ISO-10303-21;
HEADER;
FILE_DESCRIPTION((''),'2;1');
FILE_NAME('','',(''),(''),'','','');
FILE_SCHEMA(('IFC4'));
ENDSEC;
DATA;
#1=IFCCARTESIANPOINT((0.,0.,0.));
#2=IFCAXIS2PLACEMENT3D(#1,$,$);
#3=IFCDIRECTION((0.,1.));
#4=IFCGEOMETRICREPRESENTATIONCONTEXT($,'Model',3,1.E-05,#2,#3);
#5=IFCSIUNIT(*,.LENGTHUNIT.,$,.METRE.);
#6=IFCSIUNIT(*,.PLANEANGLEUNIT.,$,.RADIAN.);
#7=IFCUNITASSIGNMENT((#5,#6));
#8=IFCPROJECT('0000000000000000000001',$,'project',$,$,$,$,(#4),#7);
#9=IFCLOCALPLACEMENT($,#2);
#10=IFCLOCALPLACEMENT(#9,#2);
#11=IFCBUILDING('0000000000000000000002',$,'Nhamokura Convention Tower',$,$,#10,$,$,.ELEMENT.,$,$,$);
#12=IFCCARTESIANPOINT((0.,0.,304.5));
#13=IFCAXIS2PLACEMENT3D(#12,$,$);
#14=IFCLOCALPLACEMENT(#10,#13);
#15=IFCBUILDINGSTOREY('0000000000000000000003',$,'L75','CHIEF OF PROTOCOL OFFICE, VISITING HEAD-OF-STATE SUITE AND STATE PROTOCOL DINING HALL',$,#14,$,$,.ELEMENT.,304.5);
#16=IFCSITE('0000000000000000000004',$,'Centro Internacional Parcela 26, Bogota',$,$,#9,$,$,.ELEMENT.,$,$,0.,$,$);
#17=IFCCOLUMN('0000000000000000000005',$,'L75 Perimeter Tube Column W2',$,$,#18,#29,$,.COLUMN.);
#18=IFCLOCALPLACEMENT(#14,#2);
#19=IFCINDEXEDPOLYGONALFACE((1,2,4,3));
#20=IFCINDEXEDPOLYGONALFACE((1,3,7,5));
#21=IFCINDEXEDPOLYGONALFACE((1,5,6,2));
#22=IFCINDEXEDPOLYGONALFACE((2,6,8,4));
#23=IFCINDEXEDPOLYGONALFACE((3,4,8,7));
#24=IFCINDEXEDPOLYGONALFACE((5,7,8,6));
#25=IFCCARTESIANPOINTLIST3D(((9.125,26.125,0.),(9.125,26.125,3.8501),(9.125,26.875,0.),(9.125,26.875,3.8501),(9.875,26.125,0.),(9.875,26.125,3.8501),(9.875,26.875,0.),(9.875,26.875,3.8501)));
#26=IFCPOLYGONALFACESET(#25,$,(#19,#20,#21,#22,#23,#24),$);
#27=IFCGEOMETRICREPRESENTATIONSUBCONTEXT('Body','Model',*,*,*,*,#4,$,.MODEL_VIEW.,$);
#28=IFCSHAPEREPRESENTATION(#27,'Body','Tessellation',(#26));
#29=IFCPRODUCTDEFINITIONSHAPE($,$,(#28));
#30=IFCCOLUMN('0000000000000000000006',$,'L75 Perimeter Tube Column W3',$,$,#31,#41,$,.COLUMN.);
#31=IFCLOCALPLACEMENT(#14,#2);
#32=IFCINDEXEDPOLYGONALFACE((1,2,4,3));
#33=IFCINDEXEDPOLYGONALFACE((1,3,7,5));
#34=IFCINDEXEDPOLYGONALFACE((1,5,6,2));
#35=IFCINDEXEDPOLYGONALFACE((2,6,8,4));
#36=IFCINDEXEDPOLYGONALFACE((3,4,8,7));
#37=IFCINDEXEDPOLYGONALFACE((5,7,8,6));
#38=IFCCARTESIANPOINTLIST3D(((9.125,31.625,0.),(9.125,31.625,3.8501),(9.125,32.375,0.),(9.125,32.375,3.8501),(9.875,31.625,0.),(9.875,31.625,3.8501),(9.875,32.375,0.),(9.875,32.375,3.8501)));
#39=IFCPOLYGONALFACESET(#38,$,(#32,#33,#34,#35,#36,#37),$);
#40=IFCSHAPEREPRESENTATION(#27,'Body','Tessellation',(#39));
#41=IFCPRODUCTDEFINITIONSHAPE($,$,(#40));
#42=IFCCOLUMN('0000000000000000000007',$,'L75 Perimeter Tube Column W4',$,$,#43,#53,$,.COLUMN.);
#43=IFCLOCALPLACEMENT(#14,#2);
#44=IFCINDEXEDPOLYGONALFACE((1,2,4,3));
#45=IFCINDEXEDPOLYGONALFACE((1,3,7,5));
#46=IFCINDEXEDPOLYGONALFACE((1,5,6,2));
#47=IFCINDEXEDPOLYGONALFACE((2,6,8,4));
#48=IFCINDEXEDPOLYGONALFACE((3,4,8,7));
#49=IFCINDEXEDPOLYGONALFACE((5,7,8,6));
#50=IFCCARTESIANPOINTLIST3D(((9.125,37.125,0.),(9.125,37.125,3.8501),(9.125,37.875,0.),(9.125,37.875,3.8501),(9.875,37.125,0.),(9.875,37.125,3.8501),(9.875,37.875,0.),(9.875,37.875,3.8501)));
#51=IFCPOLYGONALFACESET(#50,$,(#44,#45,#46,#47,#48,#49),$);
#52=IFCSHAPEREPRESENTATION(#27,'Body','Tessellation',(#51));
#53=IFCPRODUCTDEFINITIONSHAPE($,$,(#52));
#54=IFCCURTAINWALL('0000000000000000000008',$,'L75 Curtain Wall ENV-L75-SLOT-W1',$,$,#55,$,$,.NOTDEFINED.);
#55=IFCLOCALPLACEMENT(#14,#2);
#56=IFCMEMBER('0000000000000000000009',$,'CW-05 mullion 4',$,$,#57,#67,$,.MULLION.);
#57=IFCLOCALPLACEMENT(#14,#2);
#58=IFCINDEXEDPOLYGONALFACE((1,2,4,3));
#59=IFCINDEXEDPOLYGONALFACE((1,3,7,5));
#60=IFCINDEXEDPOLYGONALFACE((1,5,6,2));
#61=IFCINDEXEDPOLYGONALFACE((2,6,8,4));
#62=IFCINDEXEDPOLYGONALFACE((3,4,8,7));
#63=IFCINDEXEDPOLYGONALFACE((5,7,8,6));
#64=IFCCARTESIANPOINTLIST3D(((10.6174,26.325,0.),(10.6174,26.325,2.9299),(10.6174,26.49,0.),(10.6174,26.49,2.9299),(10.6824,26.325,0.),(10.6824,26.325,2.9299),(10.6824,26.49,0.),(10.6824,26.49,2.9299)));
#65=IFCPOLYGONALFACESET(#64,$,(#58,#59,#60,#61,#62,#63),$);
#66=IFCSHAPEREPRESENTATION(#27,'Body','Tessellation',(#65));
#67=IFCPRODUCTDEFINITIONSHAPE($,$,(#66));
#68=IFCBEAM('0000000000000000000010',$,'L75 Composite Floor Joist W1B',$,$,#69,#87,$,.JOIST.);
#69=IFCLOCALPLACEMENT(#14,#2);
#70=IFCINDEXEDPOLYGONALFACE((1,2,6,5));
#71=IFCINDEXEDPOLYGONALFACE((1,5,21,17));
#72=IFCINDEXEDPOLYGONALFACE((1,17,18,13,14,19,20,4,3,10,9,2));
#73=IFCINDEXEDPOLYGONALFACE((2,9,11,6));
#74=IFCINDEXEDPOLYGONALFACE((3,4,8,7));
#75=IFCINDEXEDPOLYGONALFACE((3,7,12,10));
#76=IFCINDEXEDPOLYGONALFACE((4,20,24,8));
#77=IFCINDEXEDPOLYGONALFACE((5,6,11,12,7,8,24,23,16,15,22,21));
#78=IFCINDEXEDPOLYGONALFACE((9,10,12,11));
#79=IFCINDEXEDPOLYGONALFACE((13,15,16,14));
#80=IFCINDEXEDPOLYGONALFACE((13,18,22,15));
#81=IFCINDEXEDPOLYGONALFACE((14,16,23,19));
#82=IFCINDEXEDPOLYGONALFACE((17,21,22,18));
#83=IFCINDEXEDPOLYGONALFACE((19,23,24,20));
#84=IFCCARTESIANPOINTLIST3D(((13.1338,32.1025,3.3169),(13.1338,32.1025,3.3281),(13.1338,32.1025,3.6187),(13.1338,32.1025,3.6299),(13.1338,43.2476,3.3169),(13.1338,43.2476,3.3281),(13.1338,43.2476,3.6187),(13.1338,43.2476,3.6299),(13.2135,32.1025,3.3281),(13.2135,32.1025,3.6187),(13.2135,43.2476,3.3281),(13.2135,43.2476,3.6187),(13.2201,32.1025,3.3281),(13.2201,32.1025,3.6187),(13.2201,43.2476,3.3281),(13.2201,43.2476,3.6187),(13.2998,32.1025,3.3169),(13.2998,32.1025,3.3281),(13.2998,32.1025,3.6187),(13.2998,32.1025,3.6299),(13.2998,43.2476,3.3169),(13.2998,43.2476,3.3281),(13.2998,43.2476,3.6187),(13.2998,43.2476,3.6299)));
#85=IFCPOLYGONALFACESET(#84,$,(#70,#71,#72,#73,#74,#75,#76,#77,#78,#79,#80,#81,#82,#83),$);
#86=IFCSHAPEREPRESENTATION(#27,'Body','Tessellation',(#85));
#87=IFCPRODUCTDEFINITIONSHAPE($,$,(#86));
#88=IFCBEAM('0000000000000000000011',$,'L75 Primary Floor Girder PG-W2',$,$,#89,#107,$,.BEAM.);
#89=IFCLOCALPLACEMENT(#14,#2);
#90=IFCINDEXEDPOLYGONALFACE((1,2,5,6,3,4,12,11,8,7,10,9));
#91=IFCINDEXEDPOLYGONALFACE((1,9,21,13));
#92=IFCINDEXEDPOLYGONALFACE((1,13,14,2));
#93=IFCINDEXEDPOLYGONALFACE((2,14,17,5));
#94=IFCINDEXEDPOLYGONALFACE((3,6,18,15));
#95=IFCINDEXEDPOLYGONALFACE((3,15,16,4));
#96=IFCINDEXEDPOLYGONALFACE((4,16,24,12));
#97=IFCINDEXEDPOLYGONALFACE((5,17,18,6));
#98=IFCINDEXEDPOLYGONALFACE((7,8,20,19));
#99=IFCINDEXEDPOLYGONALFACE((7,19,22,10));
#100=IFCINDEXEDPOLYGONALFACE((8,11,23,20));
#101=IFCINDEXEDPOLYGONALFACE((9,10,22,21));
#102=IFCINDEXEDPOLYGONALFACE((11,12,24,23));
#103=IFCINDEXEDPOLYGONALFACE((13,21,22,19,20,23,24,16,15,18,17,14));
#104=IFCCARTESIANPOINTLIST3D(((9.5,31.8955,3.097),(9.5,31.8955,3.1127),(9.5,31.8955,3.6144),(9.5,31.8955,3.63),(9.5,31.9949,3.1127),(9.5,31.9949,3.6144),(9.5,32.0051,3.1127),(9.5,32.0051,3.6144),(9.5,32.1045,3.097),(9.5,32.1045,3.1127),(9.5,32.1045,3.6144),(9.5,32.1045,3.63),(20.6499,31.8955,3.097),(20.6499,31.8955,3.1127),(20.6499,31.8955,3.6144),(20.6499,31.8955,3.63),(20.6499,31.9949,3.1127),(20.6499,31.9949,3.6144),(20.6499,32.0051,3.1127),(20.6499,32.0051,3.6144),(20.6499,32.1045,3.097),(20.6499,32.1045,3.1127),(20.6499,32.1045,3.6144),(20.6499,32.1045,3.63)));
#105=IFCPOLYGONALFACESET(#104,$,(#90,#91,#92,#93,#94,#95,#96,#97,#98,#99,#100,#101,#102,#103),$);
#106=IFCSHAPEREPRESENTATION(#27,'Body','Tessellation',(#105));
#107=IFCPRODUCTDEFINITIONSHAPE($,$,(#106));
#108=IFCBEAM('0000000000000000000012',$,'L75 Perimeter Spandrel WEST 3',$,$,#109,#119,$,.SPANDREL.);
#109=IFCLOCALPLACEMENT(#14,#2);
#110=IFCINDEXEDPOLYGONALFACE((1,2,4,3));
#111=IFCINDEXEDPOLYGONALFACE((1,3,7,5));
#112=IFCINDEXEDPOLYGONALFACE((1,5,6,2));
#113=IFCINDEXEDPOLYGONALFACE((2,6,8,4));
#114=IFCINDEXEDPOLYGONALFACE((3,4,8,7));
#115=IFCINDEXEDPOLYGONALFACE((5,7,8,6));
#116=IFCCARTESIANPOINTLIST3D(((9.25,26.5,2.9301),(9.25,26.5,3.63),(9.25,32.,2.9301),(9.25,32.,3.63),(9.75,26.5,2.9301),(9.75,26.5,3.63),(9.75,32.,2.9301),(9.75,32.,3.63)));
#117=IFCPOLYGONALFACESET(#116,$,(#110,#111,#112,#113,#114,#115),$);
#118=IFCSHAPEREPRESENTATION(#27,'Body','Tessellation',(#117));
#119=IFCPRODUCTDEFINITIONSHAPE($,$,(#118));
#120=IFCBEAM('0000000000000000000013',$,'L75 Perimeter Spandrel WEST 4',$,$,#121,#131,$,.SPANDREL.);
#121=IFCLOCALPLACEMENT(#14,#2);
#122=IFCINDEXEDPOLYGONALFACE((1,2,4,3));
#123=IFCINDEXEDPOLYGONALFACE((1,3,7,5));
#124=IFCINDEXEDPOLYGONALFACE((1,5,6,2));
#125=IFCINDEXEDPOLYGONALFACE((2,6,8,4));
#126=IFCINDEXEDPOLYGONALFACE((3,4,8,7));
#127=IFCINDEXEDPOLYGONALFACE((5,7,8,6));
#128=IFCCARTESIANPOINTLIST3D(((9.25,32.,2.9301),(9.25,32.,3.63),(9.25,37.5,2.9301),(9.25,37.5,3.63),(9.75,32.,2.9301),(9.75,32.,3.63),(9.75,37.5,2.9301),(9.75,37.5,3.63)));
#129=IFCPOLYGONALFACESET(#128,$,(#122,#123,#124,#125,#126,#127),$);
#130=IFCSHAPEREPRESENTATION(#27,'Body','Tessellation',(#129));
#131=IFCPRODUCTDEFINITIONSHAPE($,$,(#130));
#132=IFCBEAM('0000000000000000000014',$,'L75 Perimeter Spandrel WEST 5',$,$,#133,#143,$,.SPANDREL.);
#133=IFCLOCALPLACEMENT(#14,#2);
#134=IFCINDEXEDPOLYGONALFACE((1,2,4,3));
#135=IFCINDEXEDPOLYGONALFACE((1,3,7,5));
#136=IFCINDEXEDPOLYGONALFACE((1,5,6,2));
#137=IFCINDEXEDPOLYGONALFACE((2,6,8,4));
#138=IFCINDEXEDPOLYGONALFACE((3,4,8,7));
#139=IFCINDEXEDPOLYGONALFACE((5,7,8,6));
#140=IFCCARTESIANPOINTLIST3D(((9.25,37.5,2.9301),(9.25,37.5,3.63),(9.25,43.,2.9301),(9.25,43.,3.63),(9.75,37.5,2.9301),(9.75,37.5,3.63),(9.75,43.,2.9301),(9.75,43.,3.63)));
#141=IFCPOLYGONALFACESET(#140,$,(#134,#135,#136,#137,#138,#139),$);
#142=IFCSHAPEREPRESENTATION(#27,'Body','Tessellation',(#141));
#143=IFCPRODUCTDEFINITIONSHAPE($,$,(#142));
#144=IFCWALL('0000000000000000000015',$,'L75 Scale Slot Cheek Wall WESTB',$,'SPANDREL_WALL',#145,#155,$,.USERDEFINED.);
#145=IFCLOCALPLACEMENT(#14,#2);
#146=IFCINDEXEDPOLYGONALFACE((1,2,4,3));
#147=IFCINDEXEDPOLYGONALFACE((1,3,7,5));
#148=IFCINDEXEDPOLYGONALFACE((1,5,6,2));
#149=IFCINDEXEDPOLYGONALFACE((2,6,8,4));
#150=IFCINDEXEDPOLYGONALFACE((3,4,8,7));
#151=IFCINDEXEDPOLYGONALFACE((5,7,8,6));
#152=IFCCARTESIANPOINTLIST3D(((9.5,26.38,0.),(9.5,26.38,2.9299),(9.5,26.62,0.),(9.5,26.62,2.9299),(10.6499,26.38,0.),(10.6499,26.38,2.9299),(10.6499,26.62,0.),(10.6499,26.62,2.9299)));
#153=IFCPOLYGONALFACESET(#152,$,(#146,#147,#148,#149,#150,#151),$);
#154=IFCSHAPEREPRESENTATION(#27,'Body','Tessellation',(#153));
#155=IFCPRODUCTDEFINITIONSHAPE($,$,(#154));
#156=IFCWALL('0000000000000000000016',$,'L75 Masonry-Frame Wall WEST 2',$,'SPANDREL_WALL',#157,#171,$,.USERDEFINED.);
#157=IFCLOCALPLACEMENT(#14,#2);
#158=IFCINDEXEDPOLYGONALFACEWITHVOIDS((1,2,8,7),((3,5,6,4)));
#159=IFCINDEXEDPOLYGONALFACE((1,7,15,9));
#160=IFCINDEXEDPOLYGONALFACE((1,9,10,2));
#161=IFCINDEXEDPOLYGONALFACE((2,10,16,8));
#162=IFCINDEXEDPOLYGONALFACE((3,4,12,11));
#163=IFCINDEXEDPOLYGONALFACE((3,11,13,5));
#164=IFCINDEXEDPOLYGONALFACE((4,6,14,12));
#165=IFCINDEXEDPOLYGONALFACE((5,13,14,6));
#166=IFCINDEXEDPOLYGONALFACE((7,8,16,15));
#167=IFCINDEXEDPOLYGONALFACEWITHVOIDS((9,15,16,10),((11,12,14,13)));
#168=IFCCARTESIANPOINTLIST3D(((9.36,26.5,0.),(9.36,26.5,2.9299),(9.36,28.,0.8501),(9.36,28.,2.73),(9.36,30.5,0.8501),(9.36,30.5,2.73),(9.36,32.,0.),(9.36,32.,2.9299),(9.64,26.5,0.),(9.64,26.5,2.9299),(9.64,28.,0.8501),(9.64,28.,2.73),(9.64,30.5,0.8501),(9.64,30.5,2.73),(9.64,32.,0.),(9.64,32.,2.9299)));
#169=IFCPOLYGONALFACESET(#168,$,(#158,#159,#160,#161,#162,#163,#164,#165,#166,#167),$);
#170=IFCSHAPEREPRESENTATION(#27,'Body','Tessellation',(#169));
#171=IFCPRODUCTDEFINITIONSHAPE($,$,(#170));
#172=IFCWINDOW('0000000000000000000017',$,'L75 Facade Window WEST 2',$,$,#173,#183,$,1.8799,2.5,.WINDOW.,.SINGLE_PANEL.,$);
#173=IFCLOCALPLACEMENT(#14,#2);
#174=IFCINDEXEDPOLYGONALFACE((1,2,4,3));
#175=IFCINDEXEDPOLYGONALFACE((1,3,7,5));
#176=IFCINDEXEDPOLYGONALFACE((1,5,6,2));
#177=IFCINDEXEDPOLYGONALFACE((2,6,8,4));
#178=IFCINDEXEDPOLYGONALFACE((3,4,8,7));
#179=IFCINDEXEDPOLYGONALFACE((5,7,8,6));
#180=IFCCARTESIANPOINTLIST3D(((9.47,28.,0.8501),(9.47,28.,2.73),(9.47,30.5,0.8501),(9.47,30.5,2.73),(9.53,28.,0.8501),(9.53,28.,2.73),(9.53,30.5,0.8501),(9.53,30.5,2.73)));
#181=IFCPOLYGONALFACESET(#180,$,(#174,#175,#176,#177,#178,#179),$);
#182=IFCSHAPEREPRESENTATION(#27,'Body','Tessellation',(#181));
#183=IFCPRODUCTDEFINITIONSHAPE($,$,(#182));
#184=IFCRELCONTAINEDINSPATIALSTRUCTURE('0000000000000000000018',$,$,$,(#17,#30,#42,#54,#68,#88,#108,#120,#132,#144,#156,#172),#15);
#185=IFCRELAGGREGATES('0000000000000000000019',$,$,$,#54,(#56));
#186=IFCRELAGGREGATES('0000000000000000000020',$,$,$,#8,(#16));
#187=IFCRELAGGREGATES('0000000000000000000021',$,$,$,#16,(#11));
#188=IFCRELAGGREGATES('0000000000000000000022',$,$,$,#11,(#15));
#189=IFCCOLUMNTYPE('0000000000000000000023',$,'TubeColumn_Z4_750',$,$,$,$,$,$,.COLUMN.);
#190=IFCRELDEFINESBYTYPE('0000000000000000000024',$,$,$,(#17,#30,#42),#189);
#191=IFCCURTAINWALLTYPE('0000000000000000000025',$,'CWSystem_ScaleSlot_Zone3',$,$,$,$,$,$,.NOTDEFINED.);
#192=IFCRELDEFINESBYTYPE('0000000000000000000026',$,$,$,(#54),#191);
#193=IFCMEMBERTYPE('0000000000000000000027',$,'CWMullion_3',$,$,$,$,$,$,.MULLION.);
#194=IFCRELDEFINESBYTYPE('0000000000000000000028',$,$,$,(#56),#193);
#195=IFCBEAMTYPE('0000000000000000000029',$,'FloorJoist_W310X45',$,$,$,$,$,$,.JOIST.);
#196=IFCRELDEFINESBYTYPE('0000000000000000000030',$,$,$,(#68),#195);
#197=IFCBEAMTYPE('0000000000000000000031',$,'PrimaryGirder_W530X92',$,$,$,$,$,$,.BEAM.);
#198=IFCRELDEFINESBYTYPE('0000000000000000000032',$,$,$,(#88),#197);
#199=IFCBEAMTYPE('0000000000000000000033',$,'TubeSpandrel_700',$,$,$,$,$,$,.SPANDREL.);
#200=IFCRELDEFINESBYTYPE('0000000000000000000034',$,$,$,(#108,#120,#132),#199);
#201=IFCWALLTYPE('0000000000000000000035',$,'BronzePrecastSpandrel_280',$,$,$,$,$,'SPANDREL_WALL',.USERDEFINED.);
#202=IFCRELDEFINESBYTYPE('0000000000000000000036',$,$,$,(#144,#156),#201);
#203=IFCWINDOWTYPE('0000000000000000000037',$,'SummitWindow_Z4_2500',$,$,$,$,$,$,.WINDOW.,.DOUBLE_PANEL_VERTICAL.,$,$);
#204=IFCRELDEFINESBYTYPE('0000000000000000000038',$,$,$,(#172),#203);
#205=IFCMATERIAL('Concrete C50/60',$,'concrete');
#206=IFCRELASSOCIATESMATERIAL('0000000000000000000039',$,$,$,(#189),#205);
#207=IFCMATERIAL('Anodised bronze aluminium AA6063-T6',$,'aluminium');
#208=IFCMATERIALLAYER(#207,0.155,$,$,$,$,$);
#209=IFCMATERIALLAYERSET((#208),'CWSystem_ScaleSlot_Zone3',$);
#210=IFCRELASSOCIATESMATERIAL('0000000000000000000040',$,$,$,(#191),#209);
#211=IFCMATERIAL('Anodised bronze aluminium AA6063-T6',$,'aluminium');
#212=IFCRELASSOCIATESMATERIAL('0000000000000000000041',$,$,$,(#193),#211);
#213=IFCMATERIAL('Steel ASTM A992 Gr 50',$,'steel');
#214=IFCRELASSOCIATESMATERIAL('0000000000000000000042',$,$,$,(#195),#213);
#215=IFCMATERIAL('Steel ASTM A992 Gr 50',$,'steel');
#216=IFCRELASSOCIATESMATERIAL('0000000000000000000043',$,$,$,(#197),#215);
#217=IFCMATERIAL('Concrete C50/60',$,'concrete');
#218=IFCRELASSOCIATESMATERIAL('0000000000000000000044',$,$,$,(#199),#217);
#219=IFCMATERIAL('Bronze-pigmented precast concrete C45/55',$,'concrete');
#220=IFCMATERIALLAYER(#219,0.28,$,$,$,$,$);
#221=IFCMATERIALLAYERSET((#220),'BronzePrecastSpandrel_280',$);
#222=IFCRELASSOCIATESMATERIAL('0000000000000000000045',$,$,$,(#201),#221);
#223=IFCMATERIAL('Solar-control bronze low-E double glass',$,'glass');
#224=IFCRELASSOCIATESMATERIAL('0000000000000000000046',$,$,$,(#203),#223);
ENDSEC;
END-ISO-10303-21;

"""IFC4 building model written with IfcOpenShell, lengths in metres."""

from ifc_helpers import new_model, si_unit, direction, frame, frame_2d, origin, origin_2d, place, context, subcontext, project, spatial, rectangle, i_section, extrude, material, layer, layer_set, material_profile, profile_set, type_object, element, fill, aggregate, save


model = new_model("IFC4")

# Units and contexts
model_context = context("Model", 3, precision=1e-05, world=origin(), true_north=direction((0.0, 1.0)))
body_context = subcontext(model_context, "Body", "Model", "MODEL_VIEW")
ifc_project = project(units=[si_unit("LENGTHUNIT", "METRE"), si_unit("PLANEANGLEUNIT", "RADIAN")], contexts=[model_context])

# Site, building, storey
site_placement = place(None, origin())
site = spatial("IfcSite", under=ifc_project, at=site_placement, Name="Centro Internacional Parcela 26, Bogota", CompositionType="ELEMENT", RefElevation=0.0)
building_placement = place(site_placement, origin())
building = spatial("IfcBuilding", under=site, at=building_placement, Name="Nhamokura Convention Tower", CompositionType="ELEMENT")
storey_placement = place(building_placement, frame((0.0, 0.0, 304.5)))
storey = spatial("IfcBuildingStorey", under=building, at=storey_placement, Name="L75", Description="CHIEF OF PROTOCOL OFFICE, VISITING HEAD-OF-STATE SUITE AND STATE PROTOCOL DINING HALL", CompositionType="ELEMENT", Elevation=304.5)

# Columns
ifc_material_1 = material(Name="Concrete C50/60", Category="concrete")
ifc_material_profile_1 = material_profile(ifc_material_1, rectangle(XDim=0.75, YDim=0.75, at=origin_2d()))
ifc_profile_set_1 = profile_set([ifc_material_profile_1], Name="Concrete C50/60")
column_type = type_object("IfcColumnType", Name="TubeColumn_Z4_750", PredefinedType="COLUMN", material=ifc_profile_set_1)
for number, where, z_axis, x_axis, name in (
    (1, (9.5, 26.5, 0.0), (0.0, 0.0, 1.0), (1.0, 0.0, 0.0), "L75 Perimeter Tube Column W2"),
    (2, (9.5, 32.0, 0.0), (0.0, 0.0, 1.0), (1.0, 0.0, 0.0), "L75 Perimeter Tube Column W3"),
    (3, (9.5, 37.5, 0.0), (0.0, 0.0, 1.0), (1.0, 0.0, 0.0), "L75 Perimeter Tube Column W4"),
):
    element("IfcColumn", number, at=place(storey_placement, frame(where, z_axis=z_axis, x_axis=x_axis)), inside=storey, type_object=column_type, Name=name, PredefinedType="COLUMN", context=body_context, shape_type="SweptSolid", body=[
        extrude(rectangle(XDim=0.75, YDim=0.75, at=origin_2d()), origin(), (0.0, 0.0, 1.0), 3.8501),
    ])

# Curtain wall, member
ifc_material_2 = material(Name="Anodised bronze aluminium AA6063-T6", Category="aluminium")
ifc_layer_1 = layer(ifc_material_2, 0.155)
ifc_layer_set_1 = layer_set([ifc_layer_1], Name="CWSystem_ScaleSlot_Zone3")
curtain_wall_type = type_object("IfcCurtainWallType", Name="CWSystem_ScaleSlot_Zone3", PredefinedType="NOTDEFINED", material=ifc_layer_set_1)
curtain_wall_placement = place(storey_placement, origin())
curtain_wall = element("IfcCurtainWall", 4, at=curtain_wall_placement, inside=storey, type_object=curtain_wall_type, Name="L75 Curtain Wall ENV-L75-SLOT-W1", PredefinedType="NOTDEFINED")
ifc_material_3 = material(Name="Anodised bronze aluminium AA6063-T6", Category="aluminium")
ifc_material_profile_2 = material_profile(ifc_material_3, rectangle(XDim=0.0649, YDim=0.165, at=origin_2d()))
ifc_profile_set_2 = profile_set([ifc_material_profile_2], Name="Anodised bronze aluminium AA6063-T6")
member_type = type_object("IfcMemberType", Name="CWMullion_3", PredefinedType="MULLION", material=ifc_profile_set_2)
member_placement = place(storey_placement, frame((10.6499, 26.4075, 0.0), z_axis=(0.0, 0.0, 1.0), x_axis=(-1.0, 0.0, 0.0)))
member = element("IfcMember", 5, at=member_placement, type_object=member_type, Name="CW-05 mullion 4", PredefinedType="MULLION", context=body_context, shape_type="SweptSolid", body=[
    extrude(rectangle(XDim=0.0649, YDim=0.165, at=origin_2d()), origin(), (0.0, 0.0, 1.0), 2.9299),
])
aggregate(curtain_wall, [member])

# Beams
ifc_material_4 = material(Name="Steel ASTM A992 Gr 50", Category="steel")
ifc_material_profile_3 = material_profile(ifc_material_4, i_section(OverallWidth=0.166, OverallDepth=0.313, WebThickness=0.0066, FlangeThickness=0.0112, at=origin_2d()))
ifc_profile_set_3 = profile_set([ifc_material_profile_3], Name="Steel ASTM A992 Gr 50")
beam_type_1 = type_object("IfcBeamType", Name="FloorJoist_W310X45", PredefinedType="JOIST", material=ifc_profile_set_3)
beam_1_placement = place(storey_placement, frame((13.2168, 32.1025, 3.4734), z_axis=(0.0, 1.0, 0.0), x_axis=(-1.0, 0.0, 0.0)))
element("IfcBeam", 6, at=beam_1_placement, inside=storey, type_object=beam_type_1, Name="L75 Composite Floor Joist W1B", PredefinedType="JOIST", context=body_context, shape_type="SweptSolid", body=[
    extrude(i_section(OverallWidth=0.166, OverallDepth=0.313, WebThickness=0.0066, FlangeThickness=0.0112, at=origin_2d()), origin(), (0.0, 0.0, 1.0), 11.145),
])
ifc_material_5 = material(Name="Steel ASTM A992 Gr 50", Category="steel")
ifc_material_profile_4 = material_profile(ifc_material_5, i_section(OverallWidth=0.209, OverallDepth=0.533, WebThickness=0.0103, FlangeThickness=0.0156, at=origin_2d()))
ifc_profile_set_4 = profile_set([ifc_material_profile_4], Name="Steel ASTM A992 Gr 50")
beam_type_2 = type_object("IfcBeamType", Name="PrimaryGirder_W530X92", PredefinedType="BEAM", material=ifc_profile_set_4)
beam_2_placement = place(storey_placement, frame((9.5, 32.0, 3.3635), z_axis=(1.0, 0.0, 0.0), x_axis=(0.0, 1.0, 0.0)))
element("IfcBeam", 7, at=beam_2_placement, inside=storey, type_object=beam_type_2, Name="L75 Primary Floor Girder PG-W2", PredefinedType="BEAM", context=body_context, shape_type="SweptSolid", body=[
    extrude(i_section(OverallWidth=0.209, OverallDepth=0.533, WebThickness=0.0103, FlangeThickness=0.0156, at=origin_2d()), origin(), (0.0, 0.0, 1.0), 11.1499),
])
ifc_material_6 = material(Name="Concrete C50/60", Category="concrete")
ifc_material_profile_5 = material_profile(ifc_material_6, rectangle(XDim=0.5, YDim=0.7, at=origin_2d()))
ifc_profile_set_5 = profile_set([ifc_material_profile_5], Name="Concrete C50/60")
beam_type_3 = type_object("IfcBeamType", Name="TubeSpandrel_700", PredefinedType="SPANDREL", material=ifc_profile_set_5)
for number, where, z_axis, x_axis, name in (
    (8, (9.5, 26.5, 3.28), (0.0, 1.0, 0.0), (-1.0, 0.0, 0.0), "L75 Perimeter Spandrel WEST 3"),
    (9, (9.5, 32.0, 3.28), (0.0, 1.0, 0.0), (-1.0, 0.0, 0.0), "L75 Perimeter Spandrel WEST 4"),
    (10, (9.5, 37.5, 3.28), (0.0, 1.0, 0.0), (-1.0, 0.0, 0.0), "L75 Perimeter Spandrel WEST 5"),
):
    element("IfcBeam", number, at=place(storey_placement, frame(where, z_axis=z_axis, x_axis=x_axis)), inside=storey, type_object=beam_type_3, Name=name, PredefinedType="SPANDREL", context=body_context, shape_type="SweptSolid", body=[
        extrude(rectangle(XDim=0.5, YDim=0.7, at=origin_2d()), origin(), (0.0, 0.0, 1.0), 5.5),
    ])

# Wall
ifc_material_7 = material(Name="Bronze-pigmented precast concrete C45/55", Category="concrete")
ifc_layer_2 = layer(ifc_material_7, 0.28)
ifc_layer_set_2 = layer_set([ifc_layer_2], Name="BronzePrecastSpandrel_280")
wall_type_1 = type_object("IfcWallType", Name="BronzePrecastSpandrel_280", ElementType="SPANDREL_WALL", PredefinedType="USERDEFINED", material=ifc_layer_set_2)
wall_1_placement = place(storey_placement, frame((9.5, 26.5, 0.0), z_axis=(0.0, 0.0, 1.0), x_axis=(1.0, 0.0, 0.0)))
element("IfcWall", 11, at=wall_1_placement, inside=storey, type_object=wall_type_1, Name="L75 Scale Slot Cheek Wall WESTB", ObjectType="SPANDREL_WALL", PredefinedType="USERDEFINED", context=body_context, shape_type="SweptSolid", body=[
    extrude(rectangle(XDim=1.1499, YDim=0.24, at=frame_2d((0.575, 0.0))), origin(), (0.0, 0.0, 1.0), 2.9299),
])

# Wall, opening, window
wall_2_placement = place(storey_placement, frame((9.5, 26.5, 0.0), z_axis=(0.0, 0.0, 1.0), x_axis=(0.0, 1.0, 0.0)))
wall_2 = element("IfcWall", 12, at=wall_2_placement, inside=storey, type_object=wall_type_1, Name="L75 Masonry-Frame Wall WEST 2", ObjectType="SPANDREL_WALL", PredefinedType="USERDEFINED", context=body_context, shape_type="SweptSolid", body=[
    extrude(rectangle(XDim=5.5, YDim=0.28, at=frame_2d((2.75, 0.0))), origin(), (0.0, 0.0, 1.0), 2.9299),
])
opening_1_placement = place(wall_2_placement, frame((1.5, 0.0, 0.8501)))
opening_1 = element("IfcOpeningElement", 13, at=opening_1_placement, cuts=wall_2, PredefinedType="OPENING", context=body_context, shape_type="SweptSolid", body=[
    extrude(rectangle(XDim=2.5, YDim=1.8799, at=frame_2d((1.25, 0.9399))), frame((0.0, 0.1499, 0.0), z_axis=(0.0, -1.0, 0.0), x_axis=(1.0, 0.0, 0.0)), (0.0, 0.0, 1.0), 0.3),
])
ifc_material_8 = material(Name="Solar-control bronze low-E double glass", Category="glass")
window_type_1 = type_object("IfcWindowType", Name="SummitWindow_Z4_2500", PartitioningType="DOUBLE_PANEL_VERTICAL", PredefinedType="WINDOW", material=ifc_material_8)
window_1_placement = place(opening_1_placement, origin())
window_1 = element("IfcWindow", 14, at=window_1_placement, inside=storey, type_object=window_type_1, Name="L75 Facade Window WEST 2", OverallHeight=1.8799, OverallWidth=2.5, PartitioningType="SINGLE_PANEL", PredefinedType="WINDOW", context=body_context, shape_type="SweptSolid", body=[
    extrude(rectangle(XDim=2.5, YDim=1.8799, at=frame_2d((1.25, 0.9399))), frame((0.0, 0.03, 0.0), z_axis=(0.0, -1.0, 0.0), x_axis=(1.0, 0.0, 0.0)), (0.0, 0.0, 1.0), 0.0601),
])
fill(opening_1, window_1)

save(model, "model.ifc")
